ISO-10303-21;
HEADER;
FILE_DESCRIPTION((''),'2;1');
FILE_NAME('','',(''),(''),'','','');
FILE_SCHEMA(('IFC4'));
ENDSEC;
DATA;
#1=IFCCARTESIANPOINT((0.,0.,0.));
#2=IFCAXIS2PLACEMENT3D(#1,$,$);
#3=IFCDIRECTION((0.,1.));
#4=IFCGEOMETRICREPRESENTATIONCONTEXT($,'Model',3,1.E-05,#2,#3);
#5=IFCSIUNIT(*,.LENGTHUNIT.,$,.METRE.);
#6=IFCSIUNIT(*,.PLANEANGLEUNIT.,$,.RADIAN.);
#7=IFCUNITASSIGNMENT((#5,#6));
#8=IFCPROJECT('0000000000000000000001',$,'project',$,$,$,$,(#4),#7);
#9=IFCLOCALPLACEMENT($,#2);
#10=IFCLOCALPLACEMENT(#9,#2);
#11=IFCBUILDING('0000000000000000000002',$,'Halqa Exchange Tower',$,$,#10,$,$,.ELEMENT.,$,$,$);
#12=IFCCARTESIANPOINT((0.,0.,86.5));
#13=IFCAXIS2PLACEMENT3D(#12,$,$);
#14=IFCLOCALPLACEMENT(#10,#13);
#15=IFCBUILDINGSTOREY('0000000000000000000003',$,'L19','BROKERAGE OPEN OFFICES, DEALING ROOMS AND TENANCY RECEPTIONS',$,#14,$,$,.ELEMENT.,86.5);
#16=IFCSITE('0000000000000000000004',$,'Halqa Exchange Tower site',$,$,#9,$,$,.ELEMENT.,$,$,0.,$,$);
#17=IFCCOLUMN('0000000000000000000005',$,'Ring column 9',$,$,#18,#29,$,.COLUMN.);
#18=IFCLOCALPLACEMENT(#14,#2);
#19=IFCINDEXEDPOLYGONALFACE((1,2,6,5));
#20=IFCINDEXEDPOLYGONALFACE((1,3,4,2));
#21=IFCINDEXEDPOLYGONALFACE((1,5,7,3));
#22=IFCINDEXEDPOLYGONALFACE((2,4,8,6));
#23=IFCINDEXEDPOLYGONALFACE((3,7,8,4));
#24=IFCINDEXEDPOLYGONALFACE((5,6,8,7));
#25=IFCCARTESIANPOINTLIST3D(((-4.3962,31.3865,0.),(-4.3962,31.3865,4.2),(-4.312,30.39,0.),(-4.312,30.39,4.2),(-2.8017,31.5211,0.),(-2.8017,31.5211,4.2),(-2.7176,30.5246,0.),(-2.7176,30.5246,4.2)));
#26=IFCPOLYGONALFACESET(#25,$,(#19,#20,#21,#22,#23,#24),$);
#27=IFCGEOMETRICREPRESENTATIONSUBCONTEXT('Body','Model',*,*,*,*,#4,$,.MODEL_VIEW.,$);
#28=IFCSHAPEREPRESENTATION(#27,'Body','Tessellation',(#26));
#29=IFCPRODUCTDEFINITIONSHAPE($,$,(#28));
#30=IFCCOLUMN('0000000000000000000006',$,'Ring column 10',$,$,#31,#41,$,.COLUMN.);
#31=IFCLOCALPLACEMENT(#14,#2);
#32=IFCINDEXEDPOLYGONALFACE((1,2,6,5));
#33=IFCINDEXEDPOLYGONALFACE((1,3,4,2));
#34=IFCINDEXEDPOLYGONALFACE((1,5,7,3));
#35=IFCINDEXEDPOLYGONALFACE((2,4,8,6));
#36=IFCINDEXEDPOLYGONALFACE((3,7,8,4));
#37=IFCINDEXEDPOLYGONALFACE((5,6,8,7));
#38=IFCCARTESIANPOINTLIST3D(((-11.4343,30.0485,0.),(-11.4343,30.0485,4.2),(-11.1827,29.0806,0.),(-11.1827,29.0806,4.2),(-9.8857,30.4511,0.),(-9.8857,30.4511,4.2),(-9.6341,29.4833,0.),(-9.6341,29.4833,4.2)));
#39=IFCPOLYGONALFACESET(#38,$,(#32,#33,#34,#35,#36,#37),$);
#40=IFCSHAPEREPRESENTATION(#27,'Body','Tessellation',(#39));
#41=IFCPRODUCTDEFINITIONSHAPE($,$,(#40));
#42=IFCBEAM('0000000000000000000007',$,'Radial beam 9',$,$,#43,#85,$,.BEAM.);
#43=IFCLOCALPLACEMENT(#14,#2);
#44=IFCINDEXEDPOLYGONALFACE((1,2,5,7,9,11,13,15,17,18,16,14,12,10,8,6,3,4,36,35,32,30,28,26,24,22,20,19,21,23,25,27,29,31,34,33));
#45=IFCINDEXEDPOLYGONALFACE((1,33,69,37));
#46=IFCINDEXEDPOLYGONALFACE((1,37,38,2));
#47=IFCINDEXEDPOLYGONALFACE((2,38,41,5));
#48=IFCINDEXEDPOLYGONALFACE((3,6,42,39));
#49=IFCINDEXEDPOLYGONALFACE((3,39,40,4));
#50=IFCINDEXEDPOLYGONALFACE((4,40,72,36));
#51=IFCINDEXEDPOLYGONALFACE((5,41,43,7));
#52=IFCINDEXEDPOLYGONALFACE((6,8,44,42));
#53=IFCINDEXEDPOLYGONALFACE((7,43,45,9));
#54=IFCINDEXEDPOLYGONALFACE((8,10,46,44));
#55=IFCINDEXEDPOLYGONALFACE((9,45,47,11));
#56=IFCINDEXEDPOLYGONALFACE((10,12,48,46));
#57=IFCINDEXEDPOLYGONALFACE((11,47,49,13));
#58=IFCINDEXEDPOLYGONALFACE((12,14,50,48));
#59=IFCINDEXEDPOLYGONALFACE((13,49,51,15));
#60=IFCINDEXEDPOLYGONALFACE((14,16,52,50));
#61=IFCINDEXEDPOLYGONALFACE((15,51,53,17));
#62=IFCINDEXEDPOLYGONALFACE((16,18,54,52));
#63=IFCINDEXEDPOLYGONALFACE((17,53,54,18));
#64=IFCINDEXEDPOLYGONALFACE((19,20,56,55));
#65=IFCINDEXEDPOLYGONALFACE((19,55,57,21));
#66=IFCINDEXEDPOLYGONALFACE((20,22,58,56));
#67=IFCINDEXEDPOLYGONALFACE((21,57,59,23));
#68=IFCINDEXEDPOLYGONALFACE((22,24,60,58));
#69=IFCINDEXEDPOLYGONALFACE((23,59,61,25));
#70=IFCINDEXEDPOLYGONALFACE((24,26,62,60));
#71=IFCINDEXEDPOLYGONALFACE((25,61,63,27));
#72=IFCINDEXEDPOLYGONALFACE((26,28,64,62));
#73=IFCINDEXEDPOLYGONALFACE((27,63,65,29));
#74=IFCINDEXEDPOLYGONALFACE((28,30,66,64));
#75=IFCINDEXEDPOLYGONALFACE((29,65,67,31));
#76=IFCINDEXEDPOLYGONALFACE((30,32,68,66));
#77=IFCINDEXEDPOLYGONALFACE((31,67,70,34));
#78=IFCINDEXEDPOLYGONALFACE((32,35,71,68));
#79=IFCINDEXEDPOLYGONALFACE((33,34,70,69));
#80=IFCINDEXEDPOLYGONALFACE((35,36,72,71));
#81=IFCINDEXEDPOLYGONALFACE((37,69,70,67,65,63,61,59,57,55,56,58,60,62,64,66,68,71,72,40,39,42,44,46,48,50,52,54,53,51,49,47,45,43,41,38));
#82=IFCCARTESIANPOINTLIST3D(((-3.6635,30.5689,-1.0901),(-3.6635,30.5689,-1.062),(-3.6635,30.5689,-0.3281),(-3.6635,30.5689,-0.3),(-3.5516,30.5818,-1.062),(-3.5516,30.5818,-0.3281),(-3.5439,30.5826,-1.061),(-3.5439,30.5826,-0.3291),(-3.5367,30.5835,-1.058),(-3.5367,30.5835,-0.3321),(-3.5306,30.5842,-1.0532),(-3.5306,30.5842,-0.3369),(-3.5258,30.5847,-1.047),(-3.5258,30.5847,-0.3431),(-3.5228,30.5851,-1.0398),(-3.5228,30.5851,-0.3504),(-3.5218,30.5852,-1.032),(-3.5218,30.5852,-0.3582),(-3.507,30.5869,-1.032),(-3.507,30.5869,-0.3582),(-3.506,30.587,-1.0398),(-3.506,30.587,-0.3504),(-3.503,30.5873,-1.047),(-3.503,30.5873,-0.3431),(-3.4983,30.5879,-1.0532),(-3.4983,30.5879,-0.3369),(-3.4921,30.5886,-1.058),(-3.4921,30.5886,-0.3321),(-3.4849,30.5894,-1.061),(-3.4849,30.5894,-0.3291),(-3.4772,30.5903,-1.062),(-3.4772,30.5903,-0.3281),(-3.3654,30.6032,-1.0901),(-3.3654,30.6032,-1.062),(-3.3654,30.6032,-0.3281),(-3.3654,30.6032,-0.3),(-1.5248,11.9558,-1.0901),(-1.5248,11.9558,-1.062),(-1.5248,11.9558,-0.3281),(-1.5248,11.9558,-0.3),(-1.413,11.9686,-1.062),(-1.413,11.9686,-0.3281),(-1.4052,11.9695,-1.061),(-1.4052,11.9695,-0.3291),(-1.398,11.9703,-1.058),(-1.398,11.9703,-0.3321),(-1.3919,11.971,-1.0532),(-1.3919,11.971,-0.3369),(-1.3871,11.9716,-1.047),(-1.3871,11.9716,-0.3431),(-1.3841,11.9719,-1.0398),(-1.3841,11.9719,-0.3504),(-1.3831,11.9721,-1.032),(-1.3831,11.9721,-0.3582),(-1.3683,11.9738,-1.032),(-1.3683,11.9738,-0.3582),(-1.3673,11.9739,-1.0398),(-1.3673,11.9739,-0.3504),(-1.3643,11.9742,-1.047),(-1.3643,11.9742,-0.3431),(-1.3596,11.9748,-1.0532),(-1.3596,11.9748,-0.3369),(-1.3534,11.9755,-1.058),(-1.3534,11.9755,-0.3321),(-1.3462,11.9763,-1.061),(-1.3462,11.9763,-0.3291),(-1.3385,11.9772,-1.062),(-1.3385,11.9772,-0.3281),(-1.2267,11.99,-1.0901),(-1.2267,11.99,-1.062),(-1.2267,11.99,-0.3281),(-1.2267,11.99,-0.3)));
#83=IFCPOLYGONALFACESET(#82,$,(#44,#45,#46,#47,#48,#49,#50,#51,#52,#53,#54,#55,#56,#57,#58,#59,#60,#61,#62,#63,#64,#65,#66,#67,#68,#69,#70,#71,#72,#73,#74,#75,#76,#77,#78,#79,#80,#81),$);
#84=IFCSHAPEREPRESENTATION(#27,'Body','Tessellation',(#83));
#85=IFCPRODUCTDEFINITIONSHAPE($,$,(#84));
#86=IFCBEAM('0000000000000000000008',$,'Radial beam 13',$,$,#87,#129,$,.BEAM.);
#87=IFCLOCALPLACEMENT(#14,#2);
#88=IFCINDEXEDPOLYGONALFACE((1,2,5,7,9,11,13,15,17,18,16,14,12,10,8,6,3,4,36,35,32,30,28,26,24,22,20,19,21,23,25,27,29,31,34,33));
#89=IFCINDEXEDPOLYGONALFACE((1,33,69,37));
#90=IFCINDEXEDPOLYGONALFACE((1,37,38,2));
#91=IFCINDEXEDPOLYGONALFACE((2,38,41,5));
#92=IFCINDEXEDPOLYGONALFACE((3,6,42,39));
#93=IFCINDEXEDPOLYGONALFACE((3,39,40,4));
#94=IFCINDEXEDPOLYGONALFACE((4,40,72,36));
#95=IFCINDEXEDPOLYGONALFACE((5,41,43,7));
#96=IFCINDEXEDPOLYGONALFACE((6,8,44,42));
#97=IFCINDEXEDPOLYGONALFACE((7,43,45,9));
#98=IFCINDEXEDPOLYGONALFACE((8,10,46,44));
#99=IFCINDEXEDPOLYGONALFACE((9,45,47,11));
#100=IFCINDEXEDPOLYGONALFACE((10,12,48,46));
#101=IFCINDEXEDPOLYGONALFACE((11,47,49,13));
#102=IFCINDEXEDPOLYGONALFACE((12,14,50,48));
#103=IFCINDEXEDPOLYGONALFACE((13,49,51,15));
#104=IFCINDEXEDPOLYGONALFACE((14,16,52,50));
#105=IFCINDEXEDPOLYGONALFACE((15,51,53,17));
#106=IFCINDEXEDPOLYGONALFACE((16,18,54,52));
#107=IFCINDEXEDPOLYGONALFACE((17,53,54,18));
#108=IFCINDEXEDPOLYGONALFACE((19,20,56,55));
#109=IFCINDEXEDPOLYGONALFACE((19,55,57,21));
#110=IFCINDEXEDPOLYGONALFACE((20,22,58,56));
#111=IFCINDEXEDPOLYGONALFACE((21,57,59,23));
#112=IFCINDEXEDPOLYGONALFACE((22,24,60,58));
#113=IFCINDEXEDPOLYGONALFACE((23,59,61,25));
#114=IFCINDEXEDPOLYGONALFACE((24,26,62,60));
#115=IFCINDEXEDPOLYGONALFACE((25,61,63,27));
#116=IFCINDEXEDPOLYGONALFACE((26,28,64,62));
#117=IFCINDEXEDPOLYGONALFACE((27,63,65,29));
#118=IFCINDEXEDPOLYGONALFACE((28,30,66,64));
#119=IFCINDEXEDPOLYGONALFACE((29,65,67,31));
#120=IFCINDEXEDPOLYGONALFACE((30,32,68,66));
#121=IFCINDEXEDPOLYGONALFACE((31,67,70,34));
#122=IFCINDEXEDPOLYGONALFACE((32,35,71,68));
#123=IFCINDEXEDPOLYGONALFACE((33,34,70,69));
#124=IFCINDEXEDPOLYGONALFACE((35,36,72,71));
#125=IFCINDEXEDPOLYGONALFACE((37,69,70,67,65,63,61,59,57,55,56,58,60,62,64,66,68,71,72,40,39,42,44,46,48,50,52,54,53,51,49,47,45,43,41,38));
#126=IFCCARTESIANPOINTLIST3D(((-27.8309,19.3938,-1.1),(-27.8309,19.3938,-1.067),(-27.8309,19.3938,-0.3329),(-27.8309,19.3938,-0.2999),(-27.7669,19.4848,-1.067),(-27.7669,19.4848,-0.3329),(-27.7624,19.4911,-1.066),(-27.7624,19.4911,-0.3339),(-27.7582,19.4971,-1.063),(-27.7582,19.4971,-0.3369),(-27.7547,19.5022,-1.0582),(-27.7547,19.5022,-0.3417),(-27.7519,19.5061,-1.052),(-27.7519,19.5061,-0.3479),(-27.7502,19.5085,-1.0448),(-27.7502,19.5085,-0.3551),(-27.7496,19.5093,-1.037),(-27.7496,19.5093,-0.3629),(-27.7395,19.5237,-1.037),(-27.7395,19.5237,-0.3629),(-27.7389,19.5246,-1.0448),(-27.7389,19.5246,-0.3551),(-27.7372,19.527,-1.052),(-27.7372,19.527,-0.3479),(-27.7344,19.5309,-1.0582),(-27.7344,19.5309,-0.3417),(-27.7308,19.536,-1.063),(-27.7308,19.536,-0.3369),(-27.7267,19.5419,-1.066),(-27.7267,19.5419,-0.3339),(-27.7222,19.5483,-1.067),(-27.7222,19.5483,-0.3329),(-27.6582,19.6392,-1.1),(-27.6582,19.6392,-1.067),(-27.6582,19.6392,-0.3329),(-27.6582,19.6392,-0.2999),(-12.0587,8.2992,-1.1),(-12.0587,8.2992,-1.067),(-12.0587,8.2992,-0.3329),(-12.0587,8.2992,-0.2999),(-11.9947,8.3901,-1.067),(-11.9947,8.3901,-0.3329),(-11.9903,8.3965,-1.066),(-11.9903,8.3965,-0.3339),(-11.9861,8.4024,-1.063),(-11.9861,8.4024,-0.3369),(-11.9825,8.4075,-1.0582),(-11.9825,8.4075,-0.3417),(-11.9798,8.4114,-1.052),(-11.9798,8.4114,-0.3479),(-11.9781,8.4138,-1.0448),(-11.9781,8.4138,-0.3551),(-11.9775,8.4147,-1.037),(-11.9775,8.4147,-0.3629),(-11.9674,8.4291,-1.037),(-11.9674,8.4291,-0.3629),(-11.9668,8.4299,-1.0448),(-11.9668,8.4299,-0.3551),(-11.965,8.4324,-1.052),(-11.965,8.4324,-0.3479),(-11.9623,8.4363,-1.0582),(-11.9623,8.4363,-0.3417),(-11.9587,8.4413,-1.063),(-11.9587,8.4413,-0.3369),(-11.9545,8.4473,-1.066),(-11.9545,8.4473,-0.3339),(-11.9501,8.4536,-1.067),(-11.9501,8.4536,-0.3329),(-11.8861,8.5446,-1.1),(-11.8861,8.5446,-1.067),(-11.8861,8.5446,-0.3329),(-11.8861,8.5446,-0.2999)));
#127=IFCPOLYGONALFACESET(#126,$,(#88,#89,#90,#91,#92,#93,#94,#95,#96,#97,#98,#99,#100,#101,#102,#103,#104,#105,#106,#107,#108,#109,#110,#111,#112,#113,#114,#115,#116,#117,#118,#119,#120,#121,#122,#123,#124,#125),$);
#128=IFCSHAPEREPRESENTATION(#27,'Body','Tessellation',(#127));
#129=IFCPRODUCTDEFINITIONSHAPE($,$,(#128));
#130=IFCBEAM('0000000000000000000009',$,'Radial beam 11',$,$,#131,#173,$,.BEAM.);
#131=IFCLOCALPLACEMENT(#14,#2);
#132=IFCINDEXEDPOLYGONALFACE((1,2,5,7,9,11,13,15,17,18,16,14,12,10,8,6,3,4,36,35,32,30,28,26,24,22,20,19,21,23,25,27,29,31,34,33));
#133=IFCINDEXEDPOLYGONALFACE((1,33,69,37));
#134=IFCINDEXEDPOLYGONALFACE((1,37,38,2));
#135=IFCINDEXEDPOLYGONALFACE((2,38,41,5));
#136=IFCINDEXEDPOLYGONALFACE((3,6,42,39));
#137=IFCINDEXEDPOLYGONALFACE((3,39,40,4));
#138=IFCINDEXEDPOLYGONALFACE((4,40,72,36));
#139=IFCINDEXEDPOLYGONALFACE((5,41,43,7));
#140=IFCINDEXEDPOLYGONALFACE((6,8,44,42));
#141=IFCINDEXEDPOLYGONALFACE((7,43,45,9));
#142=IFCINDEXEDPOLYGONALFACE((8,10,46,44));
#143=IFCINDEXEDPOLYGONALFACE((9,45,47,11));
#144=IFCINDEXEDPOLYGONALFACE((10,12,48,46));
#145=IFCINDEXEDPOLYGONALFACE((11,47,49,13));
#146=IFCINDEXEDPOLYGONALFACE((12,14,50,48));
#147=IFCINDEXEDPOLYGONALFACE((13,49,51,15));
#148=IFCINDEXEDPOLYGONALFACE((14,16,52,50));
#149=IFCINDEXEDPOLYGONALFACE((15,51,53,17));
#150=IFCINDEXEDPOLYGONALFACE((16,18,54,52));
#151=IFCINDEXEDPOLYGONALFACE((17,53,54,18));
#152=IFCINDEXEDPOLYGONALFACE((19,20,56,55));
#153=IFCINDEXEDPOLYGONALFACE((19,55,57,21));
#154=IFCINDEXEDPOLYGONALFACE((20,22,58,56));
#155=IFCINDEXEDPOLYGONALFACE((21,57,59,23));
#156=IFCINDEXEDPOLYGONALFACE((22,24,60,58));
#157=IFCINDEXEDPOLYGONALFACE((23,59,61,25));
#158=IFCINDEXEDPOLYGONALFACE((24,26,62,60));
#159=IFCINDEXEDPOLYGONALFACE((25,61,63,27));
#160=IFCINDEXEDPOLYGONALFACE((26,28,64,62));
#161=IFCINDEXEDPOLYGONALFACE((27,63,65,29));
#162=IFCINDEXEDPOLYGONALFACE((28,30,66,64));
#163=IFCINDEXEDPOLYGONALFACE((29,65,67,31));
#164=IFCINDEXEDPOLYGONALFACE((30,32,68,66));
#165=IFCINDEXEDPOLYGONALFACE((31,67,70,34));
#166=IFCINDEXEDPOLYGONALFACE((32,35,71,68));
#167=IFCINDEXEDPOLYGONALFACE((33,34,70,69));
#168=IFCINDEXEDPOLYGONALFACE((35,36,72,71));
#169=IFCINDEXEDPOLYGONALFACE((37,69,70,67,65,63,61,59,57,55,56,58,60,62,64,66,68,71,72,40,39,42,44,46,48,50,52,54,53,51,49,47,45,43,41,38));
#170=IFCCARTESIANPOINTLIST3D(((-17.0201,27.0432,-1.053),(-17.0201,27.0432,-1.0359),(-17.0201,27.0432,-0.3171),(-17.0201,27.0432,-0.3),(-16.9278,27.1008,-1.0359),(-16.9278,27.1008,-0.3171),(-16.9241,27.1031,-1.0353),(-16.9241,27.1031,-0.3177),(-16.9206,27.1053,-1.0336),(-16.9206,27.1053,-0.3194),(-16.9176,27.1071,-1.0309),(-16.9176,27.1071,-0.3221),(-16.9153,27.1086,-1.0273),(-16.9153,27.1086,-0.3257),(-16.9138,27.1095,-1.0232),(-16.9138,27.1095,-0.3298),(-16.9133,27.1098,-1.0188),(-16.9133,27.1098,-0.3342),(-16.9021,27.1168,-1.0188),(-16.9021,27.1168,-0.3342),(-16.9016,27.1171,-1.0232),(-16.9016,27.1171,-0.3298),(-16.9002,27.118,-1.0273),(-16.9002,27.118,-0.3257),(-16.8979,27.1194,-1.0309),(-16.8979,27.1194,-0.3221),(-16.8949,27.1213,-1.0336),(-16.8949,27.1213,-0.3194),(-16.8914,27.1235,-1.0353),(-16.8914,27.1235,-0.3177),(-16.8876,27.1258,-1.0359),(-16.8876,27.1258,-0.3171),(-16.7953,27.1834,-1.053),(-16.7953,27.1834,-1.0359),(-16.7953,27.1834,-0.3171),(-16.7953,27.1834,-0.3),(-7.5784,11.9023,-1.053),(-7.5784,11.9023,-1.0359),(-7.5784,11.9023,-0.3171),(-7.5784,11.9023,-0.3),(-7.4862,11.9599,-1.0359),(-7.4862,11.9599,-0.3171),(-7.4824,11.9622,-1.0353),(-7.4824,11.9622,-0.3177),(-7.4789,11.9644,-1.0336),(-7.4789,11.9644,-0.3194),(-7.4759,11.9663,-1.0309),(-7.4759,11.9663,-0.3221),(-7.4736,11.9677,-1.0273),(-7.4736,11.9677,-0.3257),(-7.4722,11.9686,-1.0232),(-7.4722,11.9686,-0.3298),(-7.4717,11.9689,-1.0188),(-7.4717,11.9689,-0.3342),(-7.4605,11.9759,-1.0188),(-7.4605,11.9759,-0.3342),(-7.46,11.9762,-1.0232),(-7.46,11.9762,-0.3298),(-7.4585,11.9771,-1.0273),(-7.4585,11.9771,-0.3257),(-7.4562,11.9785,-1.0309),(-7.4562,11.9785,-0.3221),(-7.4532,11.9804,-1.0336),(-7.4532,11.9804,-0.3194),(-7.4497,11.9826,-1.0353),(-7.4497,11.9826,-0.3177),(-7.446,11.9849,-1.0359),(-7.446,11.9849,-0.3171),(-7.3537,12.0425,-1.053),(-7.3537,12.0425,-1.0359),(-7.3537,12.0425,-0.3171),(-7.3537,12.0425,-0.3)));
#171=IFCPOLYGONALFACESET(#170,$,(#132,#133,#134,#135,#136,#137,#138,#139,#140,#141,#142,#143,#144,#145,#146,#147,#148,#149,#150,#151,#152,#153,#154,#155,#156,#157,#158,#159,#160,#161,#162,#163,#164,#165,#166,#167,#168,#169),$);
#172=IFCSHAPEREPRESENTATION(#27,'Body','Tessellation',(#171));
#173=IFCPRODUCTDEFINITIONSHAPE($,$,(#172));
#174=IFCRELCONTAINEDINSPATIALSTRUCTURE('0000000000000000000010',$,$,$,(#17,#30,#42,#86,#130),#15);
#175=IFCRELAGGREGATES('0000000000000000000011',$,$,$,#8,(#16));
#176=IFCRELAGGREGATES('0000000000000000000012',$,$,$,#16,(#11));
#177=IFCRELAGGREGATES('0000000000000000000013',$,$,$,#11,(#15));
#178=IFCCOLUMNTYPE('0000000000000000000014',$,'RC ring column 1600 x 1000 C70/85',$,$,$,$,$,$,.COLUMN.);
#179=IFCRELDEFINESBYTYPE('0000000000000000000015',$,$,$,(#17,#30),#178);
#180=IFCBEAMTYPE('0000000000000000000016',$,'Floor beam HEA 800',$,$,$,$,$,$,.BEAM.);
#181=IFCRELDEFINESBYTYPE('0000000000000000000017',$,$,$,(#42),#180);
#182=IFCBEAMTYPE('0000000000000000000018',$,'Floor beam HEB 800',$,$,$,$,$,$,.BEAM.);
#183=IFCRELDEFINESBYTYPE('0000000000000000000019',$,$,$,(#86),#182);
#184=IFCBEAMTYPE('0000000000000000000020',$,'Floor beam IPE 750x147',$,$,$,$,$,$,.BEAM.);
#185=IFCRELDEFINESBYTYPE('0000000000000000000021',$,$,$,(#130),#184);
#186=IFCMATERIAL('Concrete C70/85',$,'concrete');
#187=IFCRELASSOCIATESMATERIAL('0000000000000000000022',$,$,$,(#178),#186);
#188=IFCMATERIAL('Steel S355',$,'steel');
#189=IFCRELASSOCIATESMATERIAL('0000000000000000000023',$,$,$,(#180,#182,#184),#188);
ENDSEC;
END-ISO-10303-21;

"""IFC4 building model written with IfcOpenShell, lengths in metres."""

from ifc_helpers import new_model, si_unit, direction, frame, origin, origin_2d, place, context, subcontext, project, spatial, rectangle, i_section, extrude, material, material_profile, profile_set, type_object, element, save


model = new_model("IFC4")

# Units and contexts
model_context = context("Model", 3, precision=1e-05, world=origin(), true_north=direction((0.0, 1.0)))
body_context = subcontext(model_context, "Body", "Model", "MODEL_VIEW")
ifc_project = project(units=[si_unit("LENGTHUNIT", "METRE"), si_unit("PLANEANGLEUNIT", "RADIAN")], contexts=[model_context])

# Site, building, storey
site_placement = place(None, origin())
site = spatial("IfcSite", under=ifc_project, at=site_placement, Name="Halqa Exchange Tower site", CompositionType="ELEMENT", RefElevation=0.0)
building_placement = place(site_placement, origin())
building = spatial("IfcBuilding", under=site, at=building_placement, Name="Halqa Exchange Tower", CompositionType="ELEMENT")
storey_placement = place(building_placement, frame((0.0, 0.0, 86.5)))
storey = spatial("IfcBuildingStorey", under=building, at=storey_placement, Name="L19", Description="BROKERAGE OPEN OFFICES, DEALING ROOMS AND TENANCY RECEPTIONS", CompositionType="ELEMENT", Elevation=86.5)

# Columns
ifc_material_1 = material(Name="Concrete C70/85", Category="concrete")
ifc_material_profile_1 = material_profile(ifc_material_1, rectangle(XDim=1.6001, YDim=1.0, at=origin_2d()), Name="1600 x 1000")
ifc_profile_set_1 = profile_set([ifc_material_profile_1], Name="Concrete C70/85")
column_type = type_object("IfcColumnType", Name="RC ring column 1600 x 1000 C70/85", PredefinedType="COLUMN", material=ifc_profile_set_1)
for number, where, z_axis, x_axis, name in (
    (1, (-3.5569, 30.9556, 0.0), (0.0, 0.0, 1.0), (-0.996456, -0.084121, 0.0), "Ring column 9"),
    (2, (-10.5342, 29.7659, 0.0), (0.0, 0.0, 1.0), (-0.96782, -0.251644, 0.0), "Ring column 10"),
):
    element("IfcColumn", number, at=place(storey_placement, frame(where, z_axis=z_axis, x_axis=x_axis)), inside=storey, type_object=column_type, Name=name, PredefinedType="COLUMN", context=body_context, shape_type="SweptSolid", body=[
        extrude(rectangle(XDim=1.6001, YDim=1.0, at=origin_2d()), origin(), (0.0, 0.0, 1.0), 4.2),
    ])

# Beams
ifc_material_2 = material(Name="Steel S355", Category="steel")
ifc_material_profile_2 = material_profile(ifc_material_2, i_section(OverallWidth=0.3, OverallDepth=0.79, WebThickness=0.0149, FlangeThickness=0.0281, FilletRadius=0.03, at=origin_2d()), Name="HEA 800")
ifc_profile_set_2 = profile_set([ifc_material_profile_2], Name="Steel S355")
beam_type_1 = type_object("IfcBeamType", Name="Floor beam HEA 800", PredefinedType="BEAM", material=ifc_profile_set_2)
beam_1_placement = place(storey_placement, frame((-1.3757, 11.9729, -0.6951), z_axis=(-0.114151, 0.993463, 0.0), x_axis=(-0.993463, -0.114151, 0.0)))
element("IfcBeam", 3, at=beam_1_placement, inside=storey, type_object=beam_type_1, Name="Radial beam 9", PredefinedType="BEAM", context=body_context, shape_type="SweptSolid", body=[
    extrude(i_section(OverallWidth=0.3, OverallDepth=0.79, WebThickness=0.0149, FlangeThickness=0.0281, FilletRadius=0.03, at=origin_2d()), origin(), (0.0, 0.0, 1.0), 18.7356),
])
ifc_material_profile_3 = material_profile(ifc_material_2, i_section(OverallWidth=0.3, OverallDepth=0.8, WebThickness=0.0176, FlangeThickness=0.033, FilletRadius=0.03, at=origin_2d()), Name="HEB 800")
ifc_profile_set_3 = profile_set([ifc_material_profile_3], Name="Steel S355")
beam_type_2 = type_object("IfcBeamType", Name="Floor beam HEB 800", PredefinedType="BEAM", material=ifc_profile_set_3)
beam_2_placement = place(storey_placement, frame((-11.9724, 8.4219, -0.7), z_axis=(-0.81791, 0.575346, 0.0), x_axis=(-0.575346, -0.81791, 0.0)))
element("IfcBeam", 4, at=beam_2_placement, inside=storey, type_object=beam_type_2, Name="Radial beam 13", PredefinedType="BEAM", context=body_context, shape_type="SweptSolid", body=[
    extrude(i_section(OverallWidth=0.3, OverallDepth=0.8, WebThickness=0.0176, FlangeThickness=0.033, FilletRadius=0.03, at=origin_2d()), origin(), (0.0, 0.0, 1.0), 19.2834),
])
ifc_material_profile_4 = material_profile(ifc_material_2, i_section(OverallWidth=0.2649, OverallDepth=0.7529, WebThickness=0.0132, FlangeThickness=0.0171, FilletRadius=0.0171, at=origin_2d()), Name="IPE 750x147")
ifc_profile_set_4 = profile_set([ifc_material_profile_4], Name="Steel S355")
beam_type_3 = type_object("IfcBeamType", Name="Floor beam IPE 750x147", PredefinedType="BEAM", material=ifc_profile_set_4)
beam_3_placement = place(storey_placement, frame((-7.4661, 11.9724, -0.6765), z_axis=(-0.529137, 0.848537, 0.0), x_axis=(-0.848537, -0.529137, 0.0)))
element("IfcBeam", 5, at=beam_3_placement, inside=storey, type_object=beam_type_3, Name="Radial beam 11", PredefinedType="BEAM", context=body_context, shape_type="SweptSolid", body=[
    extrude(i_section(OverallWidth=0.2649, OverallDepth=0.7529, WebThickness=0.0132, FlangeThickness=0.0171, FilletRadius=0.0171, at=origin_2d()), origin(), (0.0, 0.0, 1.0), 17.8435),
])

save(model, "model.ifc")
